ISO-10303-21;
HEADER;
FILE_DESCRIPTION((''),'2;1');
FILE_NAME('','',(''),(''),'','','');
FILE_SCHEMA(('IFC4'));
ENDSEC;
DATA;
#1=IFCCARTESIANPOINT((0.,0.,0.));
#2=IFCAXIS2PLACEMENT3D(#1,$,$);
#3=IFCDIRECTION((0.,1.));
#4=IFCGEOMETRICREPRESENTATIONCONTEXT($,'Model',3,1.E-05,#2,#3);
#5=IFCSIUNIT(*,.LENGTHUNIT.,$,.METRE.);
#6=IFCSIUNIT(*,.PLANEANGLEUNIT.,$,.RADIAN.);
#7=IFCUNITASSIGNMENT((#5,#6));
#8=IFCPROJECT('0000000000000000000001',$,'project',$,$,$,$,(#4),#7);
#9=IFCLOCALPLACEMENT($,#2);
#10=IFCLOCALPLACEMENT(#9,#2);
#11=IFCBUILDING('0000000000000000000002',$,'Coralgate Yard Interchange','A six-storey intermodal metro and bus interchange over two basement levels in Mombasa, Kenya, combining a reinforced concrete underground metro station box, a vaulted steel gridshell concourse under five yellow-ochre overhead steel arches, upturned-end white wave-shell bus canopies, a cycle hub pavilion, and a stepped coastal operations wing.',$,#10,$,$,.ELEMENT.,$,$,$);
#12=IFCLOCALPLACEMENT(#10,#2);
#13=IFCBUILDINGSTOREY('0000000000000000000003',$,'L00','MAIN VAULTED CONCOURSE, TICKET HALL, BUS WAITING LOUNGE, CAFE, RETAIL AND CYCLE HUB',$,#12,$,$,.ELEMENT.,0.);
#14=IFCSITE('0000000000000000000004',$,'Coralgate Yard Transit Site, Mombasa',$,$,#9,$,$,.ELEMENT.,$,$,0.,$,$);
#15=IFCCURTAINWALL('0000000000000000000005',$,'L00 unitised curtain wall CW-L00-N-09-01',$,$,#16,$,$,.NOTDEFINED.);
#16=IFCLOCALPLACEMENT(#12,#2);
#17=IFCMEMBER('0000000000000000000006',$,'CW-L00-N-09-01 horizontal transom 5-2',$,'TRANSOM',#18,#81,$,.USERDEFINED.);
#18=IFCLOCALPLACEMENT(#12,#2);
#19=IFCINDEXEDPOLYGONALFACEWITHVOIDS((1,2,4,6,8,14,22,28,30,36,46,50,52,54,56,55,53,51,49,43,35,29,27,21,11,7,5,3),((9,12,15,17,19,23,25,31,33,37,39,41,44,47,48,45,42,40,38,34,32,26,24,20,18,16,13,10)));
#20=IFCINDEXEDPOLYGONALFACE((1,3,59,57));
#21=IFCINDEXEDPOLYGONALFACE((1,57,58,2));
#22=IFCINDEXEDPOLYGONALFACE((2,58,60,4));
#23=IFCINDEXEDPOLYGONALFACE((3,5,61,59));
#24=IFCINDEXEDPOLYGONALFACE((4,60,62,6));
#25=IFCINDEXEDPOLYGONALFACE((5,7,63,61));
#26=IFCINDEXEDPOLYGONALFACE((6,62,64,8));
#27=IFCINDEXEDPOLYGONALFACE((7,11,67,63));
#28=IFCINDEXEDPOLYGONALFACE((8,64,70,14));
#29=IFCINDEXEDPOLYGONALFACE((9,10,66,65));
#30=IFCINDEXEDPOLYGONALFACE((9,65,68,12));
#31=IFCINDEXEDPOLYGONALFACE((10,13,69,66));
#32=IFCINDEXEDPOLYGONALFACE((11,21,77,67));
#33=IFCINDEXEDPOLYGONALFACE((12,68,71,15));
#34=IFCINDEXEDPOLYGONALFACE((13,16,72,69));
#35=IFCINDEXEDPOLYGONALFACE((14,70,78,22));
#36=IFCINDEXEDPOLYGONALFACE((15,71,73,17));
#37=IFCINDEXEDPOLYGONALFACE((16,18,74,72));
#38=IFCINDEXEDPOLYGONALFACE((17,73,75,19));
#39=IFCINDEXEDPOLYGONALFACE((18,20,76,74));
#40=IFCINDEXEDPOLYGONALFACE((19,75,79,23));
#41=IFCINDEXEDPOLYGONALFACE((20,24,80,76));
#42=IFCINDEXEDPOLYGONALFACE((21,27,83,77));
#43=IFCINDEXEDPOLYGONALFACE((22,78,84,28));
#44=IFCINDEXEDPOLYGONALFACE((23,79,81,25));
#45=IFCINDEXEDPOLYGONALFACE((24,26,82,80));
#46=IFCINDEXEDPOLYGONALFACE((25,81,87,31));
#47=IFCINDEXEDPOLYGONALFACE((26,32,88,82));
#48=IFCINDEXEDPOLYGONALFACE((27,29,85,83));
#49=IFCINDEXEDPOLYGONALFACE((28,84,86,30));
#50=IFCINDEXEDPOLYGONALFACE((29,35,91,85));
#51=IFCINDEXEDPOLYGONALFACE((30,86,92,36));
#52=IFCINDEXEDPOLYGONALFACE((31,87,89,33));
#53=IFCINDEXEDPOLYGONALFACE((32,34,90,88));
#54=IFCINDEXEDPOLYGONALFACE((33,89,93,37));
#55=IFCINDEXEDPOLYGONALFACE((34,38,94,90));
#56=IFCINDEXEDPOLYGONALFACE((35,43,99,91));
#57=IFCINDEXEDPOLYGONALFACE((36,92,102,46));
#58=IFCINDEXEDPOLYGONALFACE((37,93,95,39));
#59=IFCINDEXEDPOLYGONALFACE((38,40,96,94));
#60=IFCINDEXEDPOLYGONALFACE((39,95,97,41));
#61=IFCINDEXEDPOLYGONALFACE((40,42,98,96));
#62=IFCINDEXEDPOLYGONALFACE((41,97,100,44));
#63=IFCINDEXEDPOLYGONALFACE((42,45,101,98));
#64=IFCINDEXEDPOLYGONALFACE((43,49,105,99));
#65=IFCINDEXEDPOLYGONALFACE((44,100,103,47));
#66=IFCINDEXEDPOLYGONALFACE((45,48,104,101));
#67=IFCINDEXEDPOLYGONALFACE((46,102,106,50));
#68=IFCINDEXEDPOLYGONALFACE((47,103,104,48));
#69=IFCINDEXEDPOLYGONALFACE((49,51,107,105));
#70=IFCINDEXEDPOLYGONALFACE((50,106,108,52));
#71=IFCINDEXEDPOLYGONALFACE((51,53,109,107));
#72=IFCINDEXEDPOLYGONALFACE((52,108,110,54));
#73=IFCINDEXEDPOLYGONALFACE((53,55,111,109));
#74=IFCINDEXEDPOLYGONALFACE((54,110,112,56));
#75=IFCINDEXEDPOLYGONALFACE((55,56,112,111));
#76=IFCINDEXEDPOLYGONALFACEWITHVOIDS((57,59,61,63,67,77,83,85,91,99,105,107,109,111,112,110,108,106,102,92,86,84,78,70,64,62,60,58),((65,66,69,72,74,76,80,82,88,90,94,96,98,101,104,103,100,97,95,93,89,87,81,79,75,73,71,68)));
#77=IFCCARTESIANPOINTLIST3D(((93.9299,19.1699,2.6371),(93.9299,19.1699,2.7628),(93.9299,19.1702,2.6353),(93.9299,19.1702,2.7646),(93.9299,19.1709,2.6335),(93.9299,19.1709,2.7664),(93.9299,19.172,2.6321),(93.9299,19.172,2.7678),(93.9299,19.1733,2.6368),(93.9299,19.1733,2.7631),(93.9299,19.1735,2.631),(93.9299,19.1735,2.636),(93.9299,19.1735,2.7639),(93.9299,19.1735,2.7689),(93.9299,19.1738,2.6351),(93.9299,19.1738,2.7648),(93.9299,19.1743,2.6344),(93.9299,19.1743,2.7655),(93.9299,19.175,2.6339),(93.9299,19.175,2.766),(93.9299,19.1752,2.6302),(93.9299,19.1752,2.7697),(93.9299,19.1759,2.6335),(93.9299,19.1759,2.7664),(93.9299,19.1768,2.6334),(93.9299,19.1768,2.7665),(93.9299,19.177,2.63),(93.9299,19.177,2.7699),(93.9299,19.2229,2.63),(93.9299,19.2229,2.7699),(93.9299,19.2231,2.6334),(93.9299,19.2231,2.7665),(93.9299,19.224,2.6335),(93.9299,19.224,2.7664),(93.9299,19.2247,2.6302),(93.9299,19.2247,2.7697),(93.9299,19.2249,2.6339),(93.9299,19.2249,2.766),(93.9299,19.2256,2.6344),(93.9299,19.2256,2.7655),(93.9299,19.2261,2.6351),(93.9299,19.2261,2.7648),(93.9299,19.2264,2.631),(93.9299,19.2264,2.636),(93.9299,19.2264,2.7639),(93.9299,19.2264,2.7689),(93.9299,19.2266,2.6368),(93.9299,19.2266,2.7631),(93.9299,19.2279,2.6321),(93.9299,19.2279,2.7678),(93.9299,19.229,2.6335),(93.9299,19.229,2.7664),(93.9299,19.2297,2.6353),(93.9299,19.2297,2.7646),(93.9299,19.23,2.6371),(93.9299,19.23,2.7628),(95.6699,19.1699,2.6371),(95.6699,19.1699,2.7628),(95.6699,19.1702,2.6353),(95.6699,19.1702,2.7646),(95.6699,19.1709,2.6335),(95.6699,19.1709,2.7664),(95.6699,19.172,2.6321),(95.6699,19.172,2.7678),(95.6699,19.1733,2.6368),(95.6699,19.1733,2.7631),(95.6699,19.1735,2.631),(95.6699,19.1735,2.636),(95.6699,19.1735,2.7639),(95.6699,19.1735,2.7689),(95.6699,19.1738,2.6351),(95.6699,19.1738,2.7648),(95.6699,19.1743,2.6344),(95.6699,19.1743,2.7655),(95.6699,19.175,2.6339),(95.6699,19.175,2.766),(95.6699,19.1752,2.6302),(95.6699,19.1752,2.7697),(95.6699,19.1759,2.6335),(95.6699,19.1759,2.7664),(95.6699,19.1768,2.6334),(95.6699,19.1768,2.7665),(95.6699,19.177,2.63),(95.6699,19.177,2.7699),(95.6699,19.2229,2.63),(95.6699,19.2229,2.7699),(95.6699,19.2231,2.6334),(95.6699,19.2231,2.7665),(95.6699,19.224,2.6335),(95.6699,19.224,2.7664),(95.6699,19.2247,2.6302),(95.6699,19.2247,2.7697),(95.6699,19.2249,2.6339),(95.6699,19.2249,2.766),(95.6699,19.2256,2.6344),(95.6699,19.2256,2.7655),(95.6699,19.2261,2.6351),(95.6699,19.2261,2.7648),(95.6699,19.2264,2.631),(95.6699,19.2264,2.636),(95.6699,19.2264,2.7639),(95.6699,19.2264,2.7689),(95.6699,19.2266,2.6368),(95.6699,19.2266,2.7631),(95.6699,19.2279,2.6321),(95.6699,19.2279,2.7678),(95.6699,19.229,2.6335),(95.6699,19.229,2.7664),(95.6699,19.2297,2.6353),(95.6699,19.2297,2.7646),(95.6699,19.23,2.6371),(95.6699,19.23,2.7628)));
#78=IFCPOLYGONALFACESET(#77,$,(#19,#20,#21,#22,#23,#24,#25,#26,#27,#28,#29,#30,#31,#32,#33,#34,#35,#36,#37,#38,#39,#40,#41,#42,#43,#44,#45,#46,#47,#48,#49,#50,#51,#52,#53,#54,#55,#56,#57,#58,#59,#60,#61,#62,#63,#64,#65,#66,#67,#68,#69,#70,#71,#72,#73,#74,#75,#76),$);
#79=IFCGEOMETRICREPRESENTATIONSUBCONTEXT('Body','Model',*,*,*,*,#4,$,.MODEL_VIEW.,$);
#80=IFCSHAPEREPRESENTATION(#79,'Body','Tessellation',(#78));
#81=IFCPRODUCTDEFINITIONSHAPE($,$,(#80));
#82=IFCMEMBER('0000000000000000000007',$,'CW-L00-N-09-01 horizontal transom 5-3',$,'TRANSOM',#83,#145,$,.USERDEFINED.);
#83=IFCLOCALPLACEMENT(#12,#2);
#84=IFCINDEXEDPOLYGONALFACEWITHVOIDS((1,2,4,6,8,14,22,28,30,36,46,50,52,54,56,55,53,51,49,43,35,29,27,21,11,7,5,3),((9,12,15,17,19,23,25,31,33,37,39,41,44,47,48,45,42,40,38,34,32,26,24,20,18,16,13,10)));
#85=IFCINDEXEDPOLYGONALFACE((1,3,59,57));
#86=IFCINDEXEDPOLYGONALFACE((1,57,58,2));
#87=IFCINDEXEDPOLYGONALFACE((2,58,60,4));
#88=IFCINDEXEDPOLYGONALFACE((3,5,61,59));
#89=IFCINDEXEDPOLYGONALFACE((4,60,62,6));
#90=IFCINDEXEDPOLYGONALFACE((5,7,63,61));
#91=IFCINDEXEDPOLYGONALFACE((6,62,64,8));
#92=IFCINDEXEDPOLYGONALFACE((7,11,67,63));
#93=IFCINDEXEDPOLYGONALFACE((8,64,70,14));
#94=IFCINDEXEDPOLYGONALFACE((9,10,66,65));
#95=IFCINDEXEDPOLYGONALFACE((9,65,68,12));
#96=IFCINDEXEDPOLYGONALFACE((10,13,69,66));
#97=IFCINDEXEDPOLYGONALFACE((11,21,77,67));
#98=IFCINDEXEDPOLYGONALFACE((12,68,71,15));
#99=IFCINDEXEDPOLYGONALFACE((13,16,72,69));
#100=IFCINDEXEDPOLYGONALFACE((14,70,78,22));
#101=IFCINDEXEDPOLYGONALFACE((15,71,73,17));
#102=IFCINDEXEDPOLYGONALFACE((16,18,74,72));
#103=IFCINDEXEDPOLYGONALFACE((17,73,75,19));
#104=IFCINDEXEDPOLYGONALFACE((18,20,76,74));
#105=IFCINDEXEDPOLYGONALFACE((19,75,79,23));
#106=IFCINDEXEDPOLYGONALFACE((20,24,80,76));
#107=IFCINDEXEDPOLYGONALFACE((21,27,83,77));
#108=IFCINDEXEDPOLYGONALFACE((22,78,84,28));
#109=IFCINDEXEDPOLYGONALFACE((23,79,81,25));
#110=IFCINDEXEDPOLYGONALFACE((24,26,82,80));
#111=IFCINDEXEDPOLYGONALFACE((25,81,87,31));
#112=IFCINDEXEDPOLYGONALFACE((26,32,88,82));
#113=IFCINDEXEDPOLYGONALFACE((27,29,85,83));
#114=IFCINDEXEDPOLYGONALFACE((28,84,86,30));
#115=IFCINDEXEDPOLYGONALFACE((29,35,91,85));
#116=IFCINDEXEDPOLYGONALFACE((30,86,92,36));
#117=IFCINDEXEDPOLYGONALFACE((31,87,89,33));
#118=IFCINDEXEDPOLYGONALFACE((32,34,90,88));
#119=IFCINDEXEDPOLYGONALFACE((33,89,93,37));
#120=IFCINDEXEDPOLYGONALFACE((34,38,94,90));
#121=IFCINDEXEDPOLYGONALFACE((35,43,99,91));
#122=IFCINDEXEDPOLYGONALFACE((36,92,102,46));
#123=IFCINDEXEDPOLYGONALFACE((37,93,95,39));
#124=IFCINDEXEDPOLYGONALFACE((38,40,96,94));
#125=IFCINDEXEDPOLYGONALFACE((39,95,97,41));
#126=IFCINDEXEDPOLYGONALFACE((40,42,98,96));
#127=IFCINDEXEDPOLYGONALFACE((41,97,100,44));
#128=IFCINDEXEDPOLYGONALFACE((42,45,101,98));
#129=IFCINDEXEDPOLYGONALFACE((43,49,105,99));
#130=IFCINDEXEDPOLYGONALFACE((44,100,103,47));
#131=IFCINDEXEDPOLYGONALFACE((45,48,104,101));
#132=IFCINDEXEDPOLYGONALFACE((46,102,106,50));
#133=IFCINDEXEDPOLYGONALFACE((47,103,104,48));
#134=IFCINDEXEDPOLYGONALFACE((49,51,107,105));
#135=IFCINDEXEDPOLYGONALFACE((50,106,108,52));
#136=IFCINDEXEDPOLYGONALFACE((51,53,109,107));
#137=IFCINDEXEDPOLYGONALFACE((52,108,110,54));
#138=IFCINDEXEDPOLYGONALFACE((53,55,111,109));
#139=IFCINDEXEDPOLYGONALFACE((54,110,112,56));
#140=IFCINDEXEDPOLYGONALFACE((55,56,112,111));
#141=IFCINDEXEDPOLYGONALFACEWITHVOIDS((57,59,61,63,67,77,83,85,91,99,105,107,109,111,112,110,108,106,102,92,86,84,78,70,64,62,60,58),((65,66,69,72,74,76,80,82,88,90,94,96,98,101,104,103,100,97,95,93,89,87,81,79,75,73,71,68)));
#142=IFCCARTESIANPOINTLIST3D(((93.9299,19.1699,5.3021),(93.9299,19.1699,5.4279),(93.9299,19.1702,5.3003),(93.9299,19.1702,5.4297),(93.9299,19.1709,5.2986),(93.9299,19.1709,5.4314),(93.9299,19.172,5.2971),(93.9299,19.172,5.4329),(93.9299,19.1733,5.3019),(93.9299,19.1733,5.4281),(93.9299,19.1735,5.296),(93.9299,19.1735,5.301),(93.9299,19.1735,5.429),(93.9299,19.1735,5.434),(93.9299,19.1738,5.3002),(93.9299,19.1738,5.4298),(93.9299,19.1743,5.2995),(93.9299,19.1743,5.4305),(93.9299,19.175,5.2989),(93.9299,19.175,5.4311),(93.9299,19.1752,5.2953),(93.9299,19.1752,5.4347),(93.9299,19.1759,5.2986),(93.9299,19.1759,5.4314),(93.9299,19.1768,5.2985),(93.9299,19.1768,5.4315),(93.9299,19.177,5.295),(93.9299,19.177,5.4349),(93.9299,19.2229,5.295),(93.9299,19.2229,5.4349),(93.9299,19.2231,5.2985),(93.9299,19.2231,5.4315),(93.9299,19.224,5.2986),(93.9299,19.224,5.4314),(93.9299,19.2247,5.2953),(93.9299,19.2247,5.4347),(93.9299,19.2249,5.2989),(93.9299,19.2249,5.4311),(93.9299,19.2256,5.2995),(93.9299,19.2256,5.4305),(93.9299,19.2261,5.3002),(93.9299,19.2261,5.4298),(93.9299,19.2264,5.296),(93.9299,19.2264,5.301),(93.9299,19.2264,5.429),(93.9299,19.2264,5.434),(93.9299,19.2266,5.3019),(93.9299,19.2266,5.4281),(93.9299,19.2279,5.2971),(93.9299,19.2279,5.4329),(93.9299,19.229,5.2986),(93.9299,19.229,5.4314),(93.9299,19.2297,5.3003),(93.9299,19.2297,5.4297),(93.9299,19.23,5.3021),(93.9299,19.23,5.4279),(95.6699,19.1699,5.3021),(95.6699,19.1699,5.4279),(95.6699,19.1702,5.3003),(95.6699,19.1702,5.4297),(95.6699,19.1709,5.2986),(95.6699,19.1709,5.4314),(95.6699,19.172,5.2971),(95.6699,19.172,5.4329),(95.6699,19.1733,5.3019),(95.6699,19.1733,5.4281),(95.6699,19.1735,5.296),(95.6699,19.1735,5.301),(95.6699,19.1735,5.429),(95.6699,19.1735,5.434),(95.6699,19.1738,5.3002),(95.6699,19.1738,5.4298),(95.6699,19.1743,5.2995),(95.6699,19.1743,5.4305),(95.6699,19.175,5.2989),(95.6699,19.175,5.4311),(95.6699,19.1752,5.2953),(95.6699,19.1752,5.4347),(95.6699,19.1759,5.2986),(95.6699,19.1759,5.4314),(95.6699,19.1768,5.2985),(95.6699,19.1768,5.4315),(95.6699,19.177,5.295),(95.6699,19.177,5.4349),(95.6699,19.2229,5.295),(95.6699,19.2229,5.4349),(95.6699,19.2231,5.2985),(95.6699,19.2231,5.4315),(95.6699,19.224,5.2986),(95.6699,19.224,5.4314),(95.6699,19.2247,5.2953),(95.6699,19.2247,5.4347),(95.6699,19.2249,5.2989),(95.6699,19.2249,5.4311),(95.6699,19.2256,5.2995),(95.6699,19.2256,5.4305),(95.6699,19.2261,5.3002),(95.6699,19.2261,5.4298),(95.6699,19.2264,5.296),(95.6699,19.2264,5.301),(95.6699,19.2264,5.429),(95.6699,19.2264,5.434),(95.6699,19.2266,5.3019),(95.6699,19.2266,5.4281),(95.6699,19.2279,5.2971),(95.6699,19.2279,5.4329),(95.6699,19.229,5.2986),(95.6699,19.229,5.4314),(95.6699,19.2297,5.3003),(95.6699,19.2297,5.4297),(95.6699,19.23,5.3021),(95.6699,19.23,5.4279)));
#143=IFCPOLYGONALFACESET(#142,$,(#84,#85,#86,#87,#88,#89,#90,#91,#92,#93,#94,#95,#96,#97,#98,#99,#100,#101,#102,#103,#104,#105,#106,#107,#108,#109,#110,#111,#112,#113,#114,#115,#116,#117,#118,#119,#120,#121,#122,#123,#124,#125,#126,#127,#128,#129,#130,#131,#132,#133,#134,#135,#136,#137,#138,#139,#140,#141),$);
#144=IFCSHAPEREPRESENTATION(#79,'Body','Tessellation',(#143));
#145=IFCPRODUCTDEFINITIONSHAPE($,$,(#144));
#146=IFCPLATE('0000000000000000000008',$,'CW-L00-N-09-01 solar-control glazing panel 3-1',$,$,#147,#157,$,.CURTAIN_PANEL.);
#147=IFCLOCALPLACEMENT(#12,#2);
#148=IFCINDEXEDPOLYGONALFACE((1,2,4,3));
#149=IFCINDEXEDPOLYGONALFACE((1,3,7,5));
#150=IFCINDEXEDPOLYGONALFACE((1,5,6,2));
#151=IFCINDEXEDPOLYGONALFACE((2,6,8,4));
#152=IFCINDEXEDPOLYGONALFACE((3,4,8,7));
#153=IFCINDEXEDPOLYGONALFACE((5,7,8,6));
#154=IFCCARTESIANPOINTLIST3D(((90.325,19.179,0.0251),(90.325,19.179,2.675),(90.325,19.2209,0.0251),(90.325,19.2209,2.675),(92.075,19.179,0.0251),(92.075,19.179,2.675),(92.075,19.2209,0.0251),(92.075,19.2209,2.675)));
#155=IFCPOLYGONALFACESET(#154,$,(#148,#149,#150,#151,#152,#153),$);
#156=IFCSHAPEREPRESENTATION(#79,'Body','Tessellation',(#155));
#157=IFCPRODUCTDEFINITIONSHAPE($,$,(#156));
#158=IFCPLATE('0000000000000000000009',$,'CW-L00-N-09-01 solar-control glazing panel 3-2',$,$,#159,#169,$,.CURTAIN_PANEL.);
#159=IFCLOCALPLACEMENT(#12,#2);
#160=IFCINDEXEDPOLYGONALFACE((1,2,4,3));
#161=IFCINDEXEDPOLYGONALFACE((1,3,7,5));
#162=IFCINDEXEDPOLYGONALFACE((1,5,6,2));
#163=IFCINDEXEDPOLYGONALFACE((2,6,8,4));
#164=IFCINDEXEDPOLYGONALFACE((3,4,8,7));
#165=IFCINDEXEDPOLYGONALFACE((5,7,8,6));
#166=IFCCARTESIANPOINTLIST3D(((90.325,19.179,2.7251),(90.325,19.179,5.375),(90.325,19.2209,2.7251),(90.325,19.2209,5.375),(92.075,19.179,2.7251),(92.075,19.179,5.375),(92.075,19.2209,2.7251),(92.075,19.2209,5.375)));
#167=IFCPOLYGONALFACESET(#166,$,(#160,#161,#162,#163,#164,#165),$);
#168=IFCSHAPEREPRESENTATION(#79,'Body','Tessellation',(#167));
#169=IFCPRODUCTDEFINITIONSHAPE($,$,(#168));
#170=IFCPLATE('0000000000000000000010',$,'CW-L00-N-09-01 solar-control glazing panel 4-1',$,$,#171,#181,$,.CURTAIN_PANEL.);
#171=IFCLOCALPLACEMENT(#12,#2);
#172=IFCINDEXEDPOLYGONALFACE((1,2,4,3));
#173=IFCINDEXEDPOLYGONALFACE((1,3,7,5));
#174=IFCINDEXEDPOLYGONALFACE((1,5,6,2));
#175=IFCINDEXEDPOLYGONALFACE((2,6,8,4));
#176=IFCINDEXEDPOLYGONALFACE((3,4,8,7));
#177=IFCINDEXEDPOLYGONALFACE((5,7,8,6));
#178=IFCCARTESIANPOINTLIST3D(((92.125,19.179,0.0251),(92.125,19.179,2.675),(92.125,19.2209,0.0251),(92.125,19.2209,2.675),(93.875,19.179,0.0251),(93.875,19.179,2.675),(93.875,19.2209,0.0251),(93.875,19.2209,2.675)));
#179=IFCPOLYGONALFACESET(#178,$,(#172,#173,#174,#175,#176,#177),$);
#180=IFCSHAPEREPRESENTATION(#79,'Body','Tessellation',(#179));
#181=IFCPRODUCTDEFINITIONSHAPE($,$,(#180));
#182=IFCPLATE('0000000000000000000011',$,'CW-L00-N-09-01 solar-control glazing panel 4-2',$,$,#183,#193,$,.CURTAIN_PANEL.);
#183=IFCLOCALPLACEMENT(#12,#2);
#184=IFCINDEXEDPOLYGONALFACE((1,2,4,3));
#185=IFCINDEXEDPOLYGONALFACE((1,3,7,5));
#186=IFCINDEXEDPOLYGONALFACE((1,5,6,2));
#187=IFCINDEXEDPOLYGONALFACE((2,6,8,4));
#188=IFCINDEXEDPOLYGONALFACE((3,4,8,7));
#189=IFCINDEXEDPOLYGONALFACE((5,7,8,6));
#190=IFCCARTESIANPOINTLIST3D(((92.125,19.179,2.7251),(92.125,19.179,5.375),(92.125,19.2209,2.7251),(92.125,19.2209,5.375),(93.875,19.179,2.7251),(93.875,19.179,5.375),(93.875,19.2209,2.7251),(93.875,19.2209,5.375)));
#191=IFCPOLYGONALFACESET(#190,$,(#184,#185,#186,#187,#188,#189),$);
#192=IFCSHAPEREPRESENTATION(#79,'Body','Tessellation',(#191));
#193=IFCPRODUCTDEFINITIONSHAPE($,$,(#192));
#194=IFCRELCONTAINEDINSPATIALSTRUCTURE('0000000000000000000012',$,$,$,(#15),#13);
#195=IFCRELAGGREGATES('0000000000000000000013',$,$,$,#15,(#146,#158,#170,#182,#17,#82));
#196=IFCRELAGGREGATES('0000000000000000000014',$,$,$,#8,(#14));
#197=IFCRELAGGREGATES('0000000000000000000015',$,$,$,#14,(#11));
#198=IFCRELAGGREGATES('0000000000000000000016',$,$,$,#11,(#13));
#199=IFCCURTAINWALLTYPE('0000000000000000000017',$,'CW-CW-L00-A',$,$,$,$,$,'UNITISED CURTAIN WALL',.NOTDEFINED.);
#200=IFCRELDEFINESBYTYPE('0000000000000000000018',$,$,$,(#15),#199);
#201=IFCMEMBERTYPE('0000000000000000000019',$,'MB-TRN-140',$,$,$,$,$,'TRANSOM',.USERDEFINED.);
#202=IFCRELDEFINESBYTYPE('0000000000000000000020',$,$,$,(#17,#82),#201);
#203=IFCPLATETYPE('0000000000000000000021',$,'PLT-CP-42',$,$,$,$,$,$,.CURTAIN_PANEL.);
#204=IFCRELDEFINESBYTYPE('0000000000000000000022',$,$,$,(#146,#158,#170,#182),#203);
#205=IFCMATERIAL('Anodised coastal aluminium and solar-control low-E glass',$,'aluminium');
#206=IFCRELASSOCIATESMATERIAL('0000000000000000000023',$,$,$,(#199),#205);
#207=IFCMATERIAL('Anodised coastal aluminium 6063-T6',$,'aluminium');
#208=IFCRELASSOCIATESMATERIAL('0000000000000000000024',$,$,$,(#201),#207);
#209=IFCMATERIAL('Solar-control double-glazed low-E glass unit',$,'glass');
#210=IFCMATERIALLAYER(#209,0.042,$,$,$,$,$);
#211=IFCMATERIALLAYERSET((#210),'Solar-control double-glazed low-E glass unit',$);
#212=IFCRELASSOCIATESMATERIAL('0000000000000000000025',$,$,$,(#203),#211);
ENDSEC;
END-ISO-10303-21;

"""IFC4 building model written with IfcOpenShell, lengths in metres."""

from ifc_helpers import new_model, si_unit, direction, frame, origin, origin_2d, place, context, subcontext, project, spatial, rectangle, hollow_rectangle, extrude, material, layer, layer_set, material_profile, profile_set, type_object, element, aggregate, save


model = new_model("IFC4")

# Units and contexts
model_context = context("Model", 3, precision=1e-05, world=origin(), true_north=direction((0.0, 1.0)))
body_context = subcontext(model_context, "Body", "Model", "MODEL_VIEW")
ifc_project = project(units=[si_unit("LENGTHUNIT", "METRE"), si_unit("PLANEANGLEUNIT", "RADIAN")], contexts=[model_context])

# Site, building, storey
site_placement = place(None, origin())
site = spatial("IfcSite", under=ifc_project, at=site_placement, Name="Coralgate Yard Transit Site, Mombasa", CompositionType="ELEMENT", RefElevation=0.0)
building_placement = place(site_placement, origin())
building = spatial("IfcBuilding", under=site, at=building_placement, Name="Coralgate Yard Interchange", Description="A six-storey intermodal metro and bus interchange over two basement levels in Mombasa, Kenya, combining a reinforced concrete underground metro station box, a vaulted steel gridshell concourse under five yellow-ochre overhead steel arches, upturned-end white wave-shell bus canopies, a cycle hub pavilion, and a stepped coastal operations wing.", CompositionType="ELEMENT")
storey_placement = place(building_placement, origin())
storey = spatial("IfcBuildingStorey", under=building, at=storey_placement, Name="L00", Description="MAIN VAULTED CONCOURSE, TICKET HALL, BUS WAITING LOUNGE, CAFE, RETAIL AND CYCLE HUB", CompositionType="ELEMENT", Elevation=0.0)

# Curtain wall, members, plates
ifc_material_1 = material(Name="Anodised coastal aluminium and solar-control low-E glass", Category="aluminium")
curtain_wall_type = type_object("IfcCurtainWallType", Name="CW-CW-L00-A", ElementType="UNITISED CURTAIN WALL", PredefinedType="NOTDEFINED", material=ifc_material_1)
curtain_wall_placement = place(storey_placement, origin())
curtain_wall = element("IfcCurtainWall", 1, at=curtain_wall_placement, inside=storey, type_object=curtain_wall_type, Name="L00 unitised curtain wall CW-L00-N-09-01", PredefinedType="NOTDEFINED")
ifc_material_2 = material(Name="Anodised coastal aluminium 6063-T6", Category="aluminium")
ifc_material_profile_1 = material_profile(ifc_material_2, hollow_rectangle(XDim=0.0601, YDim=0.1399, WallThickness=0.0034, InnerFilletRadius=0.0034, OuterFilletRadius=0.0071, at=origin_2d()), Name="ALU 60x140x3.5")
ifc_profile_set_1 = profile_set([ifc_material_profile_1], Name="Anodised coastal aluminium 6063-T6")
member_type_1 = type_object("IfcMemberType", Name="MB-TRN-140", ElementType="TRANSOM", PredefinedType="USERDEFINED", material=ifc_profile_set_1)
member_1_placement = place(storey_placement, frame((93.9299, 19.2, 2.7), z_axis=(1.0, 0.0, 0.0), x_axis=(0.0, 1.0, 0.0)))
member_1 = element("IfcMember", 2, at=member_1_placement, type_object=member_type_1, Name="CW-L00-N-09-01 horizontal transom 5-2", ObjectType="TRANSOM", PredefinedType="USERDEFINED", context=body_context, shape_type="SweptSolid", body=[
    extrude(hollow_rectangle(XDim=0.0601, YDim=0.1399, WallThickness=0.0034, InnerFilletRadius=0.0034, OuterFilletRadius=0.0071, at=origin_2d()), origin(), (0.0, 0.0, 1.0), 1.74),
])
member_2_placement = place(storey_placement, frame((93.9299, 19.2, 5.365), z_axis=(1.0, 0.0, 0.0), x_axis=(0.0, 1.0, 0.0)))
member_2 = element("IfcMember", 3, at=member_2_placement, type_object=member_type_1, Name="CW-L00-N-09-01 horizontal transom 5-3", ObjectType="TRANSOM", PredefinedType="USERDEFINED", context=body_context, shape_type="SweptSolid", body=[
    extrude(hollow_rectangle(XDim=0.0601, YDim=0.1399, WallThickness=0.0034, InnerFilletRadius=0.0034, OuterFilletRadius=0.0071, at=origin_2d()), origin(), (0.0, 0.0, 1.0), 1.74),
])
ifc_material_3 = material(Name="Solar-control double-glazed low-E glass unit", Category="glass")
ifc_layer = layer(ifc_material_3, 0.042)
ifc_layer_set = layer_set([ifc_layer], Name="Solar-control double-glazed low-E glass unit")
plate_type = type_object("IfcPlateType", Name="PLT-CP-42", PredefinedType="CURTAIN_PANEL", material=ifc_layer_set)
plate_1_placement = place(storey_placement, frame((91.2, 19.2, 0.0251), z_axis=(0.0, 0.0, 1.0), x_axis=(1.0, 0.0, 0.0)))
plate_1 = element("IfcPlate", 4, at=plate_1_placement, type_object=plate_type, Name="CW-L00-N-09-01 solar-control glazing panel 3-1", PredefinedType="CURTAIN_PANEL", context=body_context, shape_type="SweptSolid", body=[
    extrude(rectangle(XDim=1.75, YDim=0.042, at=origin_2d()), origin(), (0.0, 0.0, 1.0), 2.6499),
])
plate_2_placement = place(storey_placement, frame((91.2, 19.2, 2.7251), z_axis=(0.0, 0.0, 1.0), x_axis=(1.0, 0.0, 0.0)))
plate_2 = element("IfcPlate", 5, at=plate_2_placement, type_object=plate_type, Name="CW-L00-N-09-01 solar-control glazing panel 3-2", PredefinedType="CURTAIN_PANEL", context=body_context, shape_type="SweptSolid", body=[
    extrude(rectangle(XDim=1.75, YDim=0.042, at=origin_2d()), origin(), (0.0, 0.0, 1.0), 2.6499),
])
plate_3_placement = place(storey_placement, frame((93.0, 19.2, 0.0251), z_axis=(0.0, 0.0, 1.0), x_axis=(1.0, 0.0, 0.0)))
plate_3 = element("IfcPlate", 6, at=plate_3_placement, type_object=plate_type, Name="CW-L00-N-09-01 solar-control glazing panel 4-1", PredefinedType="CURTAIN_PANEL", context=body_context, shape_type="SweptSolid", body=[
    extrude(rectangle(XDim=1.75, YDim=0.042, at=origin_2d()), origin(), (0.0, 0.0, 1.0), 2.6499),
])
plate_4_placement = place(storey_placement, frame((93.0, 19.2, 2.7251), z_axis=(0.0, 0.0, 1.0), x_axis=(1.0, 0.0, 0.0)))
plate_4 = element("IfcPlate", 7, at=plate_4_placement, type_object=plate_type, Name="CW-L00-N-09-01 solar-control glazing panel 4-2", PredefinedType="CURTAIN_PANEL", context=body_context, shape_type="SweptSolid", body=[
    extrude(rectangle(XDim=1.75, YDim=0.042, at=origin_2d()), origin(), (0.0, 0.0, 1.0), 2.6499),
])
aggregate(curtain_wall, [plate_1, plate_2, plate_3, plate_4, member_1, member_2])

save(model, "model.ifc")
